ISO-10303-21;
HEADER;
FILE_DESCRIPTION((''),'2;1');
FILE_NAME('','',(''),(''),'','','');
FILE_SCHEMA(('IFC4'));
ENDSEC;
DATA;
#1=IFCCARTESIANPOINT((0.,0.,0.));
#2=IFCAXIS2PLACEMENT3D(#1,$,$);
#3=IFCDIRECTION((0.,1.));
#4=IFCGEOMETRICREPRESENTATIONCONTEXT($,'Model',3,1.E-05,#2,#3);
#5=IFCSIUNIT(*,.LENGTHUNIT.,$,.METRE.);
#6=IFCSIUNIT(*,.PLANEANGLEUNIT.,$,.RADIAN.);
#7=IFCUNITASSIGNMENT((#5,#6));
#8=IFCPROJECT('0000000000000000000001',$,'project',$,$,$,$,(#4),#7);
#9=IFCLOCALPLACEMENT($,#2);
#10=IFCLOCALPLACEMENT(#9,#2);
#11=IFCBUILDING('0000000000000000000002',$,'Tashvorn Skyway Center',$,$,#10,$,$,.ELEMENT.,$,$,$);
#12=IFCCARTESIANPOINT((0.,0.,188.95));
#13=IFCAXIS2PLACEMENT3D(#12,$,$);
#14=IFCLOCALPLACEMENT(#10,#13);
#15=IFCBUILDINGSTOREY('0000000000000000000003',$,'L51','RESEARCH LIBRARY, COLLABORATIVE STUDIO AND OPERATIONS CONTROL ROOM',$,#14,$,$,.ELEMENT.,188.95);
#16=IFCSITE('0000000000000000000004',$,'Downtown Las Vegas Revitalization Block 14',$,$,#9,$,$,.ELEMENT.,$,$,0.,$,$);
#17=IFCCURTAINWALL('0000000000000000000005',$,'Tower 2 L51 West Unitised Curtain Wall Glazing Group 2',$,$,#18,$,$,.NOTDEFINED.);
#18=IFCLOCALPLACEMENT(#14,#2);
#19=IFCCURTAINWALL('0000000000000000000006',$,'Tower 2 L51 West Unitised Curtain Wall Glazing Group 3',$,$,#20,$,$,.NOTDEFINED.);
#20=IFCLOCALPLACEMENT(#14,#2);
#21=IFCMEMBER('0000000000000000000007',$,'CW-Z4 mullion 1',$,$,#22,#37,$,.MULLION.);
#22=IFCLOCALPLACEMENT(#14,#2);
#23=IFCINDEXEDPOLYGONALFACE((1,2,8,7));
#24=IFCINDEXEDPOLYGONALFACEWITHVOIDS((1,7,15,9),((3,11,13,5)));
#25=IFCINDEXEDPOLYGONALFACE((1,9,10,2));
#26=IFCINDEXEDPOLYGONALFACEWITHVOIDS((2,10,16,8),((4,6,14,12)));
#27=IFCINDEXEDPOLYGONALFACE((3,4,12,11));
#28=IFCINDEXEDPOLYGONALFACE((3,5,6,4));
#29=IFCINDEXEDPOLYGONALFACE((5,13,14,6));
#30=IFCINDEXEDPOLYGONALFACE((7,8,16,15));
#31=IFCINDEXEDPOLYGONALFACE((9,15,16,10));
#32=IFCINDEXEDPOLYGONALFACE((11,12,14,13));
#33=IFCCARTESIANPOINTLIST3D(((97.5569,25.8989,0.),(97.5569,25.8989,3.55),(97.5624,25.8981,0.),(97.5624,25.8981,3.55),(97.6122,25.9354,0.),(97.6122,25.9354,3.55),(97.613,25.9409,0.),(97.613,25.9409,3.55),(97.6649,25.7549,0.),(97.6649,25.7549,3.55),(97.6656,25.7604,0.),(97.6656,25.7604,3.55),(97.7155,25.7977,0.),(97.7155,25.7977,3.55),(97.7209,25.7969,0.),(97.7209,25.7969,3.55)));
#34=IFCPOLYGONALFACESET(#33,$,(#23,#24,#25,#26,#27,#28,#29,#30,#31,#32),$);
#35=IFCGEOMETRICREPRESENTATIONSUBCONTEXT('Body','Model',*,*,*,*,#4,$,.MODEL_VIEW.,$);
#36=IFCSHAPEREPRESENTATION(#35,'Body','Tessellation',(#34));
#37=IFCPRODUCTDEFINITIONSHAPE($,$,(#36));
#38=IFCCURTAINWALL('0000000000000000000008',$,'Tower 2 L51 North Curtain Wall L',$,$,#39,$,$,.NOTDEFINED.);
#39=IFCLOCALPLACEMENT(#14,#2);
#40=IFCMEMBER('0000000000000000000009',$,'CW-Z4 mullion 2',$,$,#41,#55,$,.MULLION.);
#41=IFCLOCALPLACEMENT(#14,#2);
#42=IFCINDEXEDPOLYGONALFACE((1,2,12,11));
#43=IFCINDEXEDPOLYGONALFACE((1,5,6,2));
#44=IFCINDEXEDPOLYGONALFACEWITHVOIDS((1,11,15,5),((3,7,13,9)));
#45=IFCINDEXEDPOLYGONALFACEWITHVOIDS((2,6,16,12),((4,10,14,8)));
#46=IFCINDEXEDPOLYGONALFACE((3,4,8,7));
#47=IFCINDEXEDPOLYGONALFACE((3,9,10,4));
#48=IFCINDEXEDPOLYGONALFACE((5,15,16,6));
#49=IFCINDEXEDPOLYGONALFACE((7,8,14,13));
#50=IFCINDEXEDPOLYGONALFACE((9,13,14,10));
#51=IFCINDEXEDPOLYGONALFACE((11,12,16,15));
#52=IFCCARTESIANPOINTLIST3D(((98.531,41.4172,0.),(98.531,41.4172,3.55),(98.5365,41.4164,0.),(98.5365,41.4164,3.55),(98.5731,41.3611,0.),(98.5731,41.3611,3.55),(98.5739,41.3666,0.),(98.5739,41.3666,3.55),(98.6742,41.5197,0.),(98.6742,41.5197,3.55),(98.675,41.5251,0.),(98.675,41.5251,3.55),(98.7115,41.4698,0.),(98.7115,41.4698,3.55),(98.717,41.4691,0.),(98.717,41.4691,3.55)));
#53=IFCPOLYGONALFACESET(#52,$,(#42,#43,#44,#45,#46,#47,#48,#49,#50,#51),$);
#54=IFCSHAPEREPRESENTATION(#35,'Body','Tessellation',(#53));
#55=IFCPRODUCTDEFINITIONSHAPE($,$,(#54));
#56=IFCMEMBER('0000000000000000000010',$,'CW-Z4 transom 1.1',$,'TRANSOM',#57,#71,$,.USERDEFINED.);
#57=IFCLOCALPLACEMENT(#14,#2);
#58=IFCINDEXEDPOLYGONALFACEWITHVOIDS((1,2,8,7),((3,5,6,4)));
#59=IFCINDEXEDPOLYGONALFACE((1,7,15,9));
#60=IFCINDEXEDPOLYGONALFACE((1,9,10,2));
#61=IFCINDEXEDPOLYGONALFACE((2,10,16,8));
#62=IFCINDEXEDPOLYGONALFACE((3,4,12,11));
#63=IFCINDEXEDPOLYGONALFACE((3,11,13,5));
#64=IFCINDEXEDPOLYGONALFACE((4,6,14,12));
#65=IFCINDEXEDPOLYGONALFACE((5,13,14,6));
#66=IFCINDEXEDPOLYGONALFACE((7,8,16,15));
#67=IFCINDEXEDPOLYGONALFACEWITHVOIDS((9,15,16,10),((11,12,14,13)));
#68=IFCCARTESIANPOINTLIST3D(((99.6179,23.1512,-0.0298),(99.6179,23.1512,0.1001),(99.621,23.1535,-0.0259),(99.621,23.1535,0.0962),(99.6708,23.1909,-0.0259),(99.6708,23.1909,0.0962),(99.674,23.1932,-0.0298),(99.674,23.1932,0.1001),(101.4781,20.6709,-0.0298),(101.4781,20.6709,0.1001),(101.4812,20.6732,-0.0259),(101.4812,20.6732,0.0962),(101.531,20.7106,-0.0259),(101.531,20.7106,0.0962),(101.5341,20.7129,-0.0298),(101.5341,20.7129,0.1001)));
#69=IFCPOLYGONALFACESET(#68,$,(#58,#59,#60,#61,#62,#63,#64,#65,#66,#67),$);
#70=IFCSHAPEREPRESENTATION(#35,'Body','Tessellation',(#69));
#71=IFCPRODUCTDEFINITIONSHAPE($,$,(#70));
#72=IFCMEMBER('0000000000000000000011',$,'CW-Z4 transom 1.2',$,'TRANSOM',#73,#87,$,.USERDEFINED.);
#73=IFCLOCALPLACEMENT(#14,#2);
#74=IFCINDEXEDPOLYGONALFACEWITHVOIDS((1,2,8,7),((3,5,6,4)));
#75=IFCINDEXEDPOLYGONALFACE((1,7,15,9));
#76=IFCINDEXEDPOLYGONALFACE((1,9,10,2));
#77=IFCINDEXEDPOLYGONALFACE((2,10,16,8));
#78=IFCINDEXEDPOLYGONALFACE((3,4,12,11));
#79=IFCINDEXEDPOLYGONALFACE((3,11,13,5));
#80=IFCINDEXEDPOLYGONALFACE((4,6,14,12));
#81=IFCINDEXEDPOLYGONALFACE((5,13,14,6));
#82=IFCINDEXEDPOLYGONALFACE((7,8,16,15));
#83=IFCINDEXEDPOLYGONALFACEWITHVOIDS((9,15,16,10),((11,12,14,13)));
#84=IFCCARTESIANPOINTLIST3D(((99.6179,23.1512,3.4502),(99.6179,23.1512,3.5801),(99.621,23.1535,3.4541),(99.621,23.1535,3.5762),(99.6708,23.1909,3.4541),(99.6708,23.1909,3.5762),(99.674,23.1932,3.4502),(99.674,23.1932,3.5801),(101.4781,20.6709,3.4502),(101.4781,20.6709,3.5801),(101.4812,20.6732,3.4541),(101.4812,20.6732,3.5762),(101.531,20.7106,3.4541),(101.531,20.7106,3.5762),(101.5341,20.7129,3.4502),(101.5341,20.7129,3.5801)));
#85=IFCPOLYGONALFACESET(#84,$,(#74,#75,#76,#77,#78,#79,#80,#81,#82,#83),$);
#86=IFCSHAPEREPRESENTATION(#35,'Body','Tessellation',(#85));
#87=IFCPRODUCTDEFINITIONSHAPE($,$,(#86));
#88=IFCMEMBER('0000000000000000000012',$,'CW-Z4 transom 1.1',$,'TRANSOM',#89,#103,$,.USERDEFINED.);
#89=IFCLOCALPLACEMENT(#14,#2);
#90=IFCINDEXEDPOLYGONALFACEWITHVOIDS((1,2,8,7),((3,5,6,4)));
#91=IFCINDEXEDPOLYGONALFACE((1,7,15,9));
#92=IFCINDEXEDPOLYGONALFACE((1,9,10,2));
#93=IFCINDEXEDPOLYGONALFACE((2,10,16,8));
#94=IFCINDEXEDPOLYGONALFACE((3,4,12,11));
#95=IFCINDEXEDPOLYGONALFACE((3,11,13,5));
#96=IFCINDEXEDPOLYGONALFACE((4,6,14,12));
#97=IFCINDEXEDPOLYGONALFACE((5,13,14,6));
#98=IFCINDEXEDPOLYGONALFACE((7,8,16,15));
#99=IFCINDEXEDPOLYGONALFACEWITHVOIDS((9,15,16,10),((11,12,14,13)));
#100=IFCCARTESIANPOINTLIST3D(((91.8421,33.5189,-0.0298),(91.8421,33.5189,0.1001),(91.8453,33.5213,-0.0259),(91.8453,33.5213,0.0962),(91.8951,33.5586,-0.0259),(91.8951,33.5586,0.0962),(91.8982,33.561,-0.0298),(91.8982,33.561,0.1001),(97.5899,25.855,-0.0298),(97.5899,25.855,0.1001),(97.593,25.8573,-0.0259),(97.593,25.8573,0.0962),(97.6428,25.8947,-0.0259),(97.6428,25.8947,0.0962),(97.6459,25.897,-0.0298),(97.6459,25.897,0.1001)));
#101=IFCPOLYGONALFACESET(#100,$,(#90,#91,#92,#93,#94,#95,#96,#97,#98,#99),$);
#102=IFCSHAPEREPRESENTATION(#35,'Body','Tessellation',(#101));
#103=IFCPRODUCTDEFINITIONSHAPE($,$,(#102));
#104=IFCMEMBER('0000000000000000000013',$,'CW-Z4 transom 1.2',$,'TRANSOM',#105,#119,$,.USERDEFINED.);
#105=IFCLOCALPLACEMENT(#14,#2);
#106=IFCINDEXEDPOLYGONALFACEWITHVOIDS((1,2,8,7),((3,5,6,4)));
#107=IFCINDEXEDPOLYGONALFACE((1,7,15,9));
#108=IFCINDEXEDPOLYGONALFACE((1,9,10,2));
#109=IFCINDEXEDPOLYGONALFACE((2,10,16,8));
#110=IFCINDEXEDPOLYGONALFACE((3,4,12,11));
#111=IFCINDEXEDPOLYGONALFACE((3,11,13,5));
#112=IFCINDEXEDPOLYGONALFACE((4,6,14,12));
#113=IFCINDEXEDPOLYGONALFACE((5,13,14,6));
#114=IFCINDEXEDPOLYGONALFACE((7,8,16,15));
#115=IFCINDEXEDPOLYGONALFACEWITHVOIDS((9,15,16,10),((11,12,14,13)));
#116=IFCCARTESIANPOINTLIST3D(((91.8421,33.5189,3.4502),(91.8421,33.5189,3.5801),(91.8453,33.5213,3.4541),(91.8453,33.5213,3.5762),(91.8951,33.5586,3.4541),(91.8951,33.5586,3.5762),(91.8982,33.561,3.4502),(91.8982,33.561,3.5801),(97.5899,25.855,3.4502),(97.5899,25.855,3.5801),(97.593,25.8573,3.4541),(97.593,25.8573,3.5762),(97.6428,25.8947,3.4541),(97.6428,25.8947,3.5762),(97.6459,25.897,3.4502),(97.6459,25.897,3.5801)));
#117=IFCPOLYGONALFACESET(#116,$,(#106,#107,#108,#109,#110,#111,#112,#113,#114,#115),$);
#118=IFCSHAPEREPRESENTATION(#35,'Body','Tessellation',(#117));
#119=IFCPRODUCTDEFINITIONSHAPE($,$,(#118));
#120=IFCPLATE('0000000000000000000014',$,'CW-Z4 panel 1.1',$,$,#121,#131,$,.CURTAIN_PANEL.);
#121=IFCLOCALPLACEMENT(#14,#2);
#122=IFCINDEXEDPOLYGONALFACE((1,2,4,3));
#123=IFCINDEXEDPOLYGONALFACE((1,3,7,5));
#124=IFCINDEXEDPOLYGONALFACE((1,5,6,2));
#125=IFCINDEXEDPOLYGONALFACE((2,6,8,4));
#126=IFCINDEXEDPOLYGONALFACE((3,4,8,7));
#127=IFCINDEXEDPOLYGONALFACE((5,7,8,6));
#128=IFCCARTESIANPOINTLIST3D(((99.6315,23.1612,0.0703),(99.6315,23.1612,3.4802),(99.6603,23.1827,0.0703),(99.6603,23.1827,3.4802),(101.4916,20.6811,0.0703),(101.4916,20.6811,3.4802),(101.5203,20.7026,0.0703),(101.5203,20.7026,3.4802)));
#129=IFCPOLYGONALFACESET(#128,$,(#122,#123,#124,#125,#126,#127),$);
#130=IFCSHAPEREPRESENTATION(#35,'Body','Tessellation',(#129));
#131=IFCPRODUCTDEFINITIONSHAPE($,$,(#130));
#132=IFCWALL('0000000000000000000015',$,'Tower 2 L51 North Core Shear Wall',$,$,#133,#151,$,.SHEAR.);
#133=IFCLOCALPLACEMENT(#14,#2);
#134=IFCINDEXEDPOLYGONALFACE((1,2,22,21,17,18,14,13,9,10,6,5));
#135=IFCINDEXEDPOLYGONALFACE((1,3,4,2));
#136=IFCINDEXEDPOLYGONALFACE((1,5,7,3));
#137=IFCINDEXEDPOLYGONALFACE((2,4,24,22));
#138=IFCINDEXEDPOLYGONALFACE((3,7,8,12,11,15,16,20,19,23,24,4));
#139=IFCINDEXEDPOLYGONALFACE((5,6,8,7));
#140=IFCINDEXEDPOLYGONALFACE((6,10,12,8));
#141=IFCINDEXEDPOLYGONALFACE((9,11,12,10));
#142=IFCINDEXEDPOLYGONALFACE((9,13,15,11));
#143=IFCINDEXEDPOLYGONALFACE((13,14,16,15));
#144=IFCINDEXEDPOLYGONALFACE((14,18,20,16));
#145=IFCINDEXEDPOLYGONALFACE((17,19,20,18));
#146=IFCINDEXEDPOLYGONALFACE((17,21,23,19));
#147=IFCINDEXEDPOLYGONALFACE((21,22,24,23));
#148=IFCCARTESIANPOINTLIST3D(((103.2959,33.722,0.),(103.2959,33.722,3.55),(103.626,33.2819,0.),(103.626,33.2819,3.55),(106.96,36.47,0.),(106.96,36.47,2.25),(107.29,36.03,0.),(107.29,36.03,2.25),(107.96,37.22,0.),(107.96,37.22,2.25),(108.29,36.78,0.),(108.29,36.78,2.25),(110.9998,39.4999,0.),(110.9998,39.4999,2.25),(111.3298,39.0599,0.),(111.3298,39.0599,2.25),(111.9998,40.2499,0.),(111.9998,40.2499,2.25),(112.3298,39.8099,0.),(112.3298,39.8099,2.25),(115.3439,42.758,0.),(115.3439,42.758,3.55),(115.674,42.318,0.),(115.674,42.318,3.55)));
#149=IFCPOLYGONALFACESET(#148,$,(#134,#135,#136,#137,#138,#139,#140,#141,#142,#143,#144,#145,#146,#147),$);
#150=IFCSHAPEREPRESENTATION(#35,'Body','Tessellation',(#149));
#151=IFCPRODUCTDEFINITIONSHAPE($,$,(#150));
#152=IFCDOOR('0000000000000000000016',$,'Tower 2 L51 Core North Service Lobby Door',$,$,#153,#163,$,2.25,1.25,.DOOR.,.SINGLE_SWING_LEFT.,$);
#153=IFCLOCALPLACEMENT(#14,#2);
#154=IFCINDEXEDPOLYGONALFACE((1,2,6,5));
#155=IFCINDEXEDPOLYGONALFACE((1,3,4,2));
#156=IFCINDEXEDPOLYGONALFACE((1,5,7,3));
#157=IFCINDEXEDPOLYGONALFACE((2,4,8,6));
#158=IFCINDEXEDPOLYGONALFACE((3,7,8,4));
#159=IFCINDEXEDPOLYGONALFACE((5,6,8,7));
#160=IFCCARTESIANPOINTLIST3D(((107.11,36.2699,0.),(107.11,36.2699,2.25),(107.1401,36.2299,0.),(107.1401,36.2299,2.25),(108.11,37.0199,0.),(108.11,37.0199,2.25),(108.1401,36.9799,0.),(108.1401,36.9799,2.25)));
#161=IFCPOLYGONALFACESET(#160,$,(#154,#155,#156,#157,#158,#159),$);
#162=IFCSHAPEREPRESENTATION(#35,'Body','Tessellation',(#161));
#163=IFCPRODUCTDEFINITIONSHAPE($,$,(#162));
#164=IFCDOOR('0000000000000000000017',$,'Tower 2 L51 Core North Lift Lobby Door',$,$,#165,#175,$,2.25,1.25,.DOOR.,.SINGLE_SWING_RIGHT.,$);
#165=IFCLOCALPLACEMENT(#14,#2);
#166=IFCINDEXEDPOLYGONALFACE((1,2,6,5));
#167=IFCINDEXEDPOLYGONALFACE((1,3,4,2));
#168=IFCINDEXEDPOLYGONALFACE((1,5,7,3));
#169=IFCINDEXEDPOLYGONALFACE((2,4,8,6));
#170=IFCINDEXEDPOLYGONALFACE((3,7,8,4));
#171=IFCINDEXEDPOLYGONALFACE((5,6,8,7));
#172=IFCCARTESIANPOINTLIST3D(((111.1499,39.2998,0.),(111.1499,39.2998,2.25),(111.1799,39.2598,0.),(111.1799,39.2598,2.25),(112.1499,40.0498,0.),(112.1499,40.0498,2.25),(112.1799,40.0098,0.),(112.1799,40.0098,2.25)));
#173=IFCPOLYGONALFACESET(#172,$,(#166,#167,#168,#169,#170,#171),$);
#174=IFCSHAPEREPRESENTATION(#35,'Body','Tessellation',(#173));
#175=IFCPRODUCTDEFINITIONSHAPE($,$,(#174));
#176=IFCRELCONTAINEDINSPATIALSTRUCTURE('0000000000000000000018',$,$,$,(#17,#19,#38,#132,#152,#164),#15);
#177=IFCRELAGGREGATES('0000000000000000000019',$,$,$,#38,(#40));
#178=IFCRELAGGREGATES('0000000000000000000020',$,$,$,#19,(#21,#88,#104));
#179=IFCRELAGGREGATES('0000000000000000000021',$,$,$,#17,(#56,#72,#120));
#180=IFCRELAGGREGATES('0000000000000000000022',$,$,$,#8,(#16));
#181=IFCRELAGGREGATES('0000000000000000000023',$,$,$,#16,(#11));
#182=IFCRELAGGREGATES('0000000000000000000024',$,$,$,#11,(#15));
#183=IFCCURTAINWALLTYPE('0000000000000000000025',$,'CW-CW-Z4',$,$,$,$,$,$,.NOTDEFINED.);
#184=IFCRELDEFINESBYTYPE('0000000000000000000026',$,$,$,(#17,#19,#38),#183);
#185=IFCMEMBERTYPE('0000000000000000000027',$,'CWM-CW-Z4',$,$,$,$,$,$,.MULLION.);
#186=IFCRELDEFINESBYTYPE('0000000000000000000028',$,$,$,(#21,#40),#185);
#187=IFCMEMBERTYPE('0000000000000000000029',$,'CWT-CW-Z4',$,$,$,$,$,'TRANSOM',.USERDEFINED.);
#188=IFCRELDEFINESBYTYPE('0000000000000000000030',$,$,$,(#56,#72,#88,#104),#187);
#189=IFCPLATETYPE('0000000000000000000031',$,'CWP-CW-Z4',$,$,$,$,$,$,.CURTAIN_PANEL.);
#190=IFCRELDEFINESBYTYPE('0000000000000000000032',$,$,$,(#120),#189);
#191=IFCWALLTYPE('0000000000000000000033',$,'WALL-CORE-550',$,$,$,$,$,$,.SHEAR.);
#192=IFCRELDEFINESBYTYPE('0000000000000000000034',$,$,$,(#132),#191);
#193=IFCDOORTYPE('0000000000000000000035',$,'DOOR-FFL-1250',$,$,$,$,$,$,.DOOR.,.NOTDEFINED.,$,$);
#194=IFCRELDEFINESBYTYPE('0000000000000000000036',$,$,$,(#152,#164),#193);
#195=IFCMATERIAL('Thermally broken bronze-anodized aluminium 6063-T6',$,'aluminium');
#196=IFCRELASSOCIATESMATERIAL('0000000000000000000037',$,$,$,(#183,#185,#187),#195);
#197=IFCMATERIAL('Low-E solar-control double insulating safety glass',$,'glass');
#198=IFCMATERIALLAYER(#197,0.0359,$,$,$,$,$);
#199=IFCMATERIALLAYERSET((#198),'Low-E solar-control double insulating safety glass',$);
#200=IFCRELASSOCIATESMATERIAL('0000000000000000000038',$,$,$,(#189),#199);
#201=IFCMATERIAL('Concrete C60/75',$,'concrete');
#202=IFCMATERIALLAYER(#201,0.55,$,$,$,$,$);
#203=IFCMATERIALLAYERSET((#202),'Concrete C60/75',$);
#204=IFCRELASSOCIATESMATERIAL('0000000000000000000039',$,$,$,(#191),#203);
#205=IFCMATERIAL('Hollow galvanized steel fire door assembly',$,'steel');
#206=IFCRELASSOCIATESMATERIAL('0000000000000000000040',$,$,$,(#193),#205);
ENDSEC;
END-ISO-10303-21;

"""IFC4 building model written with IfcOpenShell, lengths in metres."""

from ifc_helpers import new_model, si_unit, direction, frame, frame_2d, origin, origin_2d, place, context, subcontext, project, spatial, rectangle, hollow_rectangle, extrude, material, layer, layer_set, material_profile, profile_set, type_object, element, fill, aggregate, save


model = new_model("IFC4")

# Units and contexts
model_context = context("Model", 3, precision=1e-05, world=origin(), true_north=direction((0.0, 1.0)))
body_context = subcontext(model_context, "Body", "Model", "MODEL_VIEW")
ifc_project = project(units=[si_unit("LENGTHUNIT", "METRE"), si_unit("PLANEANGLEUNIT", "RADIAN")], contexts=[model_context])

# Site, building, storey
site_placement = place(None, origin())
site = spatial("IfcSite", under=ifc_project, at=site_placement, Name="Downtown Las Vegas Revitalization Block 14", CompositionType="ELEMENT", RefElevation=0.0)
building_placement = place(site_placement, origin())
building = spatial("IfcBuilding", under=site, at=building_placement, Name="Tashvorn Skyway Center", CompositionType="ELEMENT")
storey_placement = place(building_placement, frame((0.0, 0.0, 188.95)))
storey = spatial("IfcBuildingStorey", under=building, at=storey_placement, Name="L51", Description="RESEARCH LIBRARY, COLLABORATIVE STUDIO AND OPERATIONS CONTROL ROOM", CompositionType="ELEMENT", Elevation=188.95)

# Shared definitions
ifc_material_1 = material(Name="Thermally broken bronze-anodized aluminium 6063-T6", Category="aluminium")
curtain_wall_type = type_object("IfcCurtainWallType", Name="CW-CW-Z4", PredefinedType="NOTDEFINED", material=ifc_material_1)
ifc_material_profile_1 = material_profile(ifc_material_1, hollow_rectangle(XDim=0.0701, YDim=0.1799, WallThickness=0.0039, at=origin_2d()), Name="ALU-MULL-70x180")
ifc_profile_set_1 = profile_set([ifc_material_profile_1], Name="Thermally broken bronze-anodized aluminium 6063-T6")
member_type_1 = type_object("IfcMemberType", Name="CWM-CW-Z4", PredefinedType="MULLION", material=ifc_profile_set_1)

# Curtain wall
curtain_wall_1_placement = place(storey_placement, origin())
curtain_wall_1 = element("IfcCurtainWall", 1, at=curtain_wall_1_placement, inside=storey, type_object=curtain_wall_type, Name="Tower 2 L51 West Unitised Curtain Wall Glazing Group 2", PredefinedType="NOTDEFINED")

# Curtain walls, members
curtain_wall_2_placement = place(storey_placement, origin())
curtain_wall_2 = element("IfcCurtainWall", 2, at=curtain_wall_2_placement, inside=storey, type_object=curtain_wall_type, Name="Tower 2 L51 West Unitised Curtain Wall Glazing Group 3", PredefinedType="NOTDEFINED")
member_1_placement = place(storey_placement, frame((97.6389, 25.8479, 0.0), z_axis=(0.0, 0.0, 1.0), x_axis=(-0.8, -0.6, 0.0)))
member_1 = element("IfcMember", 3, at=member_1_placement, type_object=member_type_1, Name="CW-Z4 mullion 1", PredefinedType="MULLION", context=body_context, shape_type="SweptSolid", body=[
    extrude(hollow_rectangle(XDim=0.0701, YDim=0.1799, WallThickness=0.0039, at=origin_2d()), origin(), (0.0, 0.0, 1.0), 3.55),
])
curtain_wall_3_placement = place(storey_placement, origin())
curtain_wall_3 = element("IfcCurtainWall", 4, at=curtain_wall_3_placement, inside=storey, type_object=curtain_wall_type, Name="Tower 2 L51 North Curtain Wall L", PredefinedType="NOTDEFINED")
member_2_placement = place(storey_placement, frame((98.624, 41.4431, 0.0), z_axis=(0.0, 0.0, 1.0), x_axis=(-0.6, 0.8, 0.0)))
member_2 = element("IfcMember", 5, at=member_2_placement, type_object=member_type_1, Name="CW-Z4 mullion 2", PredefinedType="MULLION", context=body_context, shape_type="SweptSolid", body=[
    extrude(hollow_rectangle(XDim=0.0701, YDim=0.1799, WallThickness=0.0039, at=origin_2d()), origin(), (0.0, 0.0, 1.0), 3.55),
])
aggregate(curtain_wall_3, [member_2])

# Members
ifc_material_profile_2 = material_profile(ifc_material_1, hollow_rectangle(XDim=0.0701, YDim=0.1299, WallThickness=0.0039, at=origin_2d()), Name="ALU-TRAN-70x130")
ifc_profile_set_2 = profile_set([ifc_material_profile_2], Name="Thermally broken bronze-anodized aluminium 6063-T6")
member_type_2 = type_object("IfcMemberType", Name="CWT-CW-Z4", ElementType="TRANSOM", PredefinedType="USERDEFINED", material=ifc_profile_set_2)
member_3_placement = place(storey_placement, frame((101.5061, 20.6919, 0.0352), z_axis=(-0.599987, 0.800009, 0.0), x_axis=(-0.800009, -0.599987, 0.0)))
member_3 = element("IfcMember", 6, at=member_3_placement, type_object=member_type_2, Name="CW-Z4 transom 1.1", ObjectType="TRANSOM", PredefinedType="USERDEFINED", context=body_context, shape_type="SweptSolid", body=[
    extrude(hollow_rectangle(XDim=0.0701, YDim=0.1299, WallThickness=0.0039, at=origin_2d()), origin(), (0.0, 0.0, 1.0), 3.1003),
])
member_4_placement = place(storey_placement, frame((101.5061, 20.6919, 3.5151), z_axis=(-0.599987, 0.800009, 0.0), x_axis=(-0.800009, -0.599987, 0.0)))
member_4 = element("IfcMember", 7, at=member_4_placement, type_object=member_type_2, Name="CW-Z4 transom 1.2", ObjectType="TRANSOM", PredefinedType="USERDEFINED", context=body_context, shape_type="SweptSolid", body=[
    extrude(hollow_rectangle(XDim=0.0701, YDim=0.1299, WallThickness=0.0039, at=origin_2d()), origin(), (0.0, 0.0, 1.0), 3.1003),
])
member_5_placement = place(storey_placement, frame((97.6179, 25.876, 0.0352), z_axis=(-0.599984, 0.800012, 0.0), x_axis=(-0.800012, -0.599984, 0.0)))
member_5 = element("IfcMember", 8, at=member_5_placement, type_object=member_type_2, Name="CW-Z4 transom 1.1", ObjectType="TRANSOM", PredefinedType="USERDEFINED", context=body_context, shape_type="SweptSolid", body=[
    extrude(hollow_rectangle(XDim=0.0701, YDim=0.1299, WallThickness=0.0039, at=origin_2d()), origin(), (0.0, 0.0, 1.0), 9.5798),
])
member_6_placement = place(storey_placement, frame((97.6179, 25.876, 3.5151), z_axis=(-0.599984, 0.800012, 0.0), x_axis=(-0.800012, -0.599984, 0.0)))
member_6 = element("IfcMember", 9, at=member_6_placement, type_object=member_type_2, Name="CW-Z4 transom 1.2", ObjectType="TRANSOM", PredefinedType="USERDEFINED", context=body_context, shape_type="SweptSolid", body=[
    extrude(hollow_rectangle(XDim=0.0701, YDim=0.1299, WallThickness=0.0039, at=origin_2d()), origin(), (0.0, 0.0, 1.0), 9.5798),
])
aggregate(curtain_wall_2, [member_1, member_5, member_6])

# Plate
ifc_material_2 = material(Name="Low-E solar-control double insulating safety glass", Category="glass")
ifc_layer_1 = layer(ifc_material_2, 0.0359)
ifc_layer_set_1 = layer_set([ifc_layer_1], Name="Low-E solar-control double insulating safety glass")
plate_type = type_object("IfcPlateType", Name="CWP-CW-Z4", PredefinedType="CURTAIN_PANEL", material=ifc_layer_set_1)
plate_placement = place(storey_placement, frame((100.5759, 21.9319, 0.0703), z_axis=(0.0, 0.0, 1.0), x_axis=(-0.6, 0.8, 0.0)))
plate = element("IfcPlate", 10, at=plate_placement, type_object=plate_type, Name="CW-Z4 panel 1.1", PredefinedType="CURTAIN_PANEL", context=body_context, shape_type="SweptSolid", body=[
    extrude(rectangle(XDim=3.1001, YDim=0.0359, at=origin_2d()), origin(), (0.0, 0.0, 1.0), 3.4099),
])
aggregate(curtain_wall_1, [member_3, member_4, plate])

# Wall, openings, doors
ifc_material_3 = material(Name="Concrete C60/75", Category="concrete")
ifc_layer_2 = layer(ifc_material_3, 0.55)
ifc_layer_set_2 = layer_set([ifc_layer_2], Name="Concrete C60/75")
wall_type_1 = type_object("IfcWallType", Name="WALL-CORE-550", PredefinedType="SHEAR", material=ifc_layer_set_2)
wall_1_placement = place(storey_placement, frame((103.4609, 33.502, 0.0), z_axis=(0.0, 0.0, 1.0), x_axis=(0.799998, 0.600003, 0.0)))
wall_1 = element("IfcWall", 11, at=wall_1_placement, inside=storey, type_object=wall_type_1, Name="Tower 2 L51 North Core Shear Wall", PredefinedType="SHEAR", context=body_context, shape_type="SweptSolid", body=[
    extrude(rectangle(XDim=15.0601, YDim=0.55, at=frame_2d((7.53, 0.0))), origin(), (0.0, 0.0, 1.0), 3.55),
])
opening_1_placement = place(wall_1_placement, frame((4.5801, 0.0, 0.0)))
opening_1 = element("IfcOpeningElement", 12, at=opening_1_placement, cuts=wall_1, PredefinedType="OPENING", context=body_context, shape_type="SweptSolid", body=[
    extrude(rectangle(XDim=1.25, YDim=2.25, at=frame_2d((0.625, 1.125))), frame((0.0, 0.2849, 0.0), z_axis=(0.0, -1.0, 0.0), x_axis=(1.0, 0.0, 0.0)), (0.0, 0.0, 1.0), 0.5701),
])
opening_2_placement = place(wall_1_placement, frame((9.6299, 0.0, 0.0)))
opening_2 = element("IfcOpeningElement", 13, at=opening_2_placement, cuts=wall_1, PredefinedType="OPENING", context=body_context, shape_type="SweptSolid", body=[
    extrude(rectangle(XDim=1.25, YDim=2.25, at=frame_2d((0.625, 1.125))), frame((0.0, 0.2849, 0.0), z_axis=(0.0, -1.0, 0.0), x_axis=(1.0, 0.0, 0.0)), (0.0, 0.0, 1.0), 0.5701),
])
ifc_material_4 = material(Name="Hollow galvanized steel fire door assembly", Category="steel")
door_type_1 = type_object("IfcDoorType", Name="DOOR-FFL-1250", OperationType="NOTDEFINED", PredefinedType="DOOR", material=ifc_material_4)
door_1_placement = place(opening_1_placement, origin())
door_1 = element("IfcDoor", 14, at=door_1_placement, inside=storey, type_object=door_type_1, Name="Tower 2 L51 Core North Service Lobby Door", OperationType="SINGLE_SWING_LEFT", OverallHeight=2.25, OverallWidth=1.25, PredefinedType="DOOR", context=body_context, shape_type="SweptSolid", body=[
    extrude(rectangle(XDim=1.25, YDim=2.25, at=frame_2d((0.625, 1.125))), frame((0.0, 0.0249, 0.0), z_axis=(0.0, -1.0, 0.0), x_axis=(1.0, 0.0, 0.0)), (0.0, 0.0, 1.0), 0.05),
])
fill(opening_1, door_1)
door_2_placement = place(opening_2_placement, origin())
door_2 = element("IfcDoor", 15, at=door_2_placement, inside=storey, type_object=door_type_1, Name="Tower 2 L51 Core North Lift Lobby Door", OperationType="SINGLE_SWING_RIGHT", OverallHeight=2.25, OverallWidth=1.25, PredefinedType="DOOR", context=body_context, shape_type="SweptSolid", body=[
    extrude(rectangle(XDim=1.25, YDim=2.25, at=frame_2d((0.625, 1.125))), frame((0.0, 0.0249, 0.0), z_axis=(0.0, -1.0, 0.0), x_axis=(1.0, 0.0, 0.0)), (0.0, 0.0, 1.0), 0.05),
])
fill(opening_2, door_2)

save(model, "model.ifc")
